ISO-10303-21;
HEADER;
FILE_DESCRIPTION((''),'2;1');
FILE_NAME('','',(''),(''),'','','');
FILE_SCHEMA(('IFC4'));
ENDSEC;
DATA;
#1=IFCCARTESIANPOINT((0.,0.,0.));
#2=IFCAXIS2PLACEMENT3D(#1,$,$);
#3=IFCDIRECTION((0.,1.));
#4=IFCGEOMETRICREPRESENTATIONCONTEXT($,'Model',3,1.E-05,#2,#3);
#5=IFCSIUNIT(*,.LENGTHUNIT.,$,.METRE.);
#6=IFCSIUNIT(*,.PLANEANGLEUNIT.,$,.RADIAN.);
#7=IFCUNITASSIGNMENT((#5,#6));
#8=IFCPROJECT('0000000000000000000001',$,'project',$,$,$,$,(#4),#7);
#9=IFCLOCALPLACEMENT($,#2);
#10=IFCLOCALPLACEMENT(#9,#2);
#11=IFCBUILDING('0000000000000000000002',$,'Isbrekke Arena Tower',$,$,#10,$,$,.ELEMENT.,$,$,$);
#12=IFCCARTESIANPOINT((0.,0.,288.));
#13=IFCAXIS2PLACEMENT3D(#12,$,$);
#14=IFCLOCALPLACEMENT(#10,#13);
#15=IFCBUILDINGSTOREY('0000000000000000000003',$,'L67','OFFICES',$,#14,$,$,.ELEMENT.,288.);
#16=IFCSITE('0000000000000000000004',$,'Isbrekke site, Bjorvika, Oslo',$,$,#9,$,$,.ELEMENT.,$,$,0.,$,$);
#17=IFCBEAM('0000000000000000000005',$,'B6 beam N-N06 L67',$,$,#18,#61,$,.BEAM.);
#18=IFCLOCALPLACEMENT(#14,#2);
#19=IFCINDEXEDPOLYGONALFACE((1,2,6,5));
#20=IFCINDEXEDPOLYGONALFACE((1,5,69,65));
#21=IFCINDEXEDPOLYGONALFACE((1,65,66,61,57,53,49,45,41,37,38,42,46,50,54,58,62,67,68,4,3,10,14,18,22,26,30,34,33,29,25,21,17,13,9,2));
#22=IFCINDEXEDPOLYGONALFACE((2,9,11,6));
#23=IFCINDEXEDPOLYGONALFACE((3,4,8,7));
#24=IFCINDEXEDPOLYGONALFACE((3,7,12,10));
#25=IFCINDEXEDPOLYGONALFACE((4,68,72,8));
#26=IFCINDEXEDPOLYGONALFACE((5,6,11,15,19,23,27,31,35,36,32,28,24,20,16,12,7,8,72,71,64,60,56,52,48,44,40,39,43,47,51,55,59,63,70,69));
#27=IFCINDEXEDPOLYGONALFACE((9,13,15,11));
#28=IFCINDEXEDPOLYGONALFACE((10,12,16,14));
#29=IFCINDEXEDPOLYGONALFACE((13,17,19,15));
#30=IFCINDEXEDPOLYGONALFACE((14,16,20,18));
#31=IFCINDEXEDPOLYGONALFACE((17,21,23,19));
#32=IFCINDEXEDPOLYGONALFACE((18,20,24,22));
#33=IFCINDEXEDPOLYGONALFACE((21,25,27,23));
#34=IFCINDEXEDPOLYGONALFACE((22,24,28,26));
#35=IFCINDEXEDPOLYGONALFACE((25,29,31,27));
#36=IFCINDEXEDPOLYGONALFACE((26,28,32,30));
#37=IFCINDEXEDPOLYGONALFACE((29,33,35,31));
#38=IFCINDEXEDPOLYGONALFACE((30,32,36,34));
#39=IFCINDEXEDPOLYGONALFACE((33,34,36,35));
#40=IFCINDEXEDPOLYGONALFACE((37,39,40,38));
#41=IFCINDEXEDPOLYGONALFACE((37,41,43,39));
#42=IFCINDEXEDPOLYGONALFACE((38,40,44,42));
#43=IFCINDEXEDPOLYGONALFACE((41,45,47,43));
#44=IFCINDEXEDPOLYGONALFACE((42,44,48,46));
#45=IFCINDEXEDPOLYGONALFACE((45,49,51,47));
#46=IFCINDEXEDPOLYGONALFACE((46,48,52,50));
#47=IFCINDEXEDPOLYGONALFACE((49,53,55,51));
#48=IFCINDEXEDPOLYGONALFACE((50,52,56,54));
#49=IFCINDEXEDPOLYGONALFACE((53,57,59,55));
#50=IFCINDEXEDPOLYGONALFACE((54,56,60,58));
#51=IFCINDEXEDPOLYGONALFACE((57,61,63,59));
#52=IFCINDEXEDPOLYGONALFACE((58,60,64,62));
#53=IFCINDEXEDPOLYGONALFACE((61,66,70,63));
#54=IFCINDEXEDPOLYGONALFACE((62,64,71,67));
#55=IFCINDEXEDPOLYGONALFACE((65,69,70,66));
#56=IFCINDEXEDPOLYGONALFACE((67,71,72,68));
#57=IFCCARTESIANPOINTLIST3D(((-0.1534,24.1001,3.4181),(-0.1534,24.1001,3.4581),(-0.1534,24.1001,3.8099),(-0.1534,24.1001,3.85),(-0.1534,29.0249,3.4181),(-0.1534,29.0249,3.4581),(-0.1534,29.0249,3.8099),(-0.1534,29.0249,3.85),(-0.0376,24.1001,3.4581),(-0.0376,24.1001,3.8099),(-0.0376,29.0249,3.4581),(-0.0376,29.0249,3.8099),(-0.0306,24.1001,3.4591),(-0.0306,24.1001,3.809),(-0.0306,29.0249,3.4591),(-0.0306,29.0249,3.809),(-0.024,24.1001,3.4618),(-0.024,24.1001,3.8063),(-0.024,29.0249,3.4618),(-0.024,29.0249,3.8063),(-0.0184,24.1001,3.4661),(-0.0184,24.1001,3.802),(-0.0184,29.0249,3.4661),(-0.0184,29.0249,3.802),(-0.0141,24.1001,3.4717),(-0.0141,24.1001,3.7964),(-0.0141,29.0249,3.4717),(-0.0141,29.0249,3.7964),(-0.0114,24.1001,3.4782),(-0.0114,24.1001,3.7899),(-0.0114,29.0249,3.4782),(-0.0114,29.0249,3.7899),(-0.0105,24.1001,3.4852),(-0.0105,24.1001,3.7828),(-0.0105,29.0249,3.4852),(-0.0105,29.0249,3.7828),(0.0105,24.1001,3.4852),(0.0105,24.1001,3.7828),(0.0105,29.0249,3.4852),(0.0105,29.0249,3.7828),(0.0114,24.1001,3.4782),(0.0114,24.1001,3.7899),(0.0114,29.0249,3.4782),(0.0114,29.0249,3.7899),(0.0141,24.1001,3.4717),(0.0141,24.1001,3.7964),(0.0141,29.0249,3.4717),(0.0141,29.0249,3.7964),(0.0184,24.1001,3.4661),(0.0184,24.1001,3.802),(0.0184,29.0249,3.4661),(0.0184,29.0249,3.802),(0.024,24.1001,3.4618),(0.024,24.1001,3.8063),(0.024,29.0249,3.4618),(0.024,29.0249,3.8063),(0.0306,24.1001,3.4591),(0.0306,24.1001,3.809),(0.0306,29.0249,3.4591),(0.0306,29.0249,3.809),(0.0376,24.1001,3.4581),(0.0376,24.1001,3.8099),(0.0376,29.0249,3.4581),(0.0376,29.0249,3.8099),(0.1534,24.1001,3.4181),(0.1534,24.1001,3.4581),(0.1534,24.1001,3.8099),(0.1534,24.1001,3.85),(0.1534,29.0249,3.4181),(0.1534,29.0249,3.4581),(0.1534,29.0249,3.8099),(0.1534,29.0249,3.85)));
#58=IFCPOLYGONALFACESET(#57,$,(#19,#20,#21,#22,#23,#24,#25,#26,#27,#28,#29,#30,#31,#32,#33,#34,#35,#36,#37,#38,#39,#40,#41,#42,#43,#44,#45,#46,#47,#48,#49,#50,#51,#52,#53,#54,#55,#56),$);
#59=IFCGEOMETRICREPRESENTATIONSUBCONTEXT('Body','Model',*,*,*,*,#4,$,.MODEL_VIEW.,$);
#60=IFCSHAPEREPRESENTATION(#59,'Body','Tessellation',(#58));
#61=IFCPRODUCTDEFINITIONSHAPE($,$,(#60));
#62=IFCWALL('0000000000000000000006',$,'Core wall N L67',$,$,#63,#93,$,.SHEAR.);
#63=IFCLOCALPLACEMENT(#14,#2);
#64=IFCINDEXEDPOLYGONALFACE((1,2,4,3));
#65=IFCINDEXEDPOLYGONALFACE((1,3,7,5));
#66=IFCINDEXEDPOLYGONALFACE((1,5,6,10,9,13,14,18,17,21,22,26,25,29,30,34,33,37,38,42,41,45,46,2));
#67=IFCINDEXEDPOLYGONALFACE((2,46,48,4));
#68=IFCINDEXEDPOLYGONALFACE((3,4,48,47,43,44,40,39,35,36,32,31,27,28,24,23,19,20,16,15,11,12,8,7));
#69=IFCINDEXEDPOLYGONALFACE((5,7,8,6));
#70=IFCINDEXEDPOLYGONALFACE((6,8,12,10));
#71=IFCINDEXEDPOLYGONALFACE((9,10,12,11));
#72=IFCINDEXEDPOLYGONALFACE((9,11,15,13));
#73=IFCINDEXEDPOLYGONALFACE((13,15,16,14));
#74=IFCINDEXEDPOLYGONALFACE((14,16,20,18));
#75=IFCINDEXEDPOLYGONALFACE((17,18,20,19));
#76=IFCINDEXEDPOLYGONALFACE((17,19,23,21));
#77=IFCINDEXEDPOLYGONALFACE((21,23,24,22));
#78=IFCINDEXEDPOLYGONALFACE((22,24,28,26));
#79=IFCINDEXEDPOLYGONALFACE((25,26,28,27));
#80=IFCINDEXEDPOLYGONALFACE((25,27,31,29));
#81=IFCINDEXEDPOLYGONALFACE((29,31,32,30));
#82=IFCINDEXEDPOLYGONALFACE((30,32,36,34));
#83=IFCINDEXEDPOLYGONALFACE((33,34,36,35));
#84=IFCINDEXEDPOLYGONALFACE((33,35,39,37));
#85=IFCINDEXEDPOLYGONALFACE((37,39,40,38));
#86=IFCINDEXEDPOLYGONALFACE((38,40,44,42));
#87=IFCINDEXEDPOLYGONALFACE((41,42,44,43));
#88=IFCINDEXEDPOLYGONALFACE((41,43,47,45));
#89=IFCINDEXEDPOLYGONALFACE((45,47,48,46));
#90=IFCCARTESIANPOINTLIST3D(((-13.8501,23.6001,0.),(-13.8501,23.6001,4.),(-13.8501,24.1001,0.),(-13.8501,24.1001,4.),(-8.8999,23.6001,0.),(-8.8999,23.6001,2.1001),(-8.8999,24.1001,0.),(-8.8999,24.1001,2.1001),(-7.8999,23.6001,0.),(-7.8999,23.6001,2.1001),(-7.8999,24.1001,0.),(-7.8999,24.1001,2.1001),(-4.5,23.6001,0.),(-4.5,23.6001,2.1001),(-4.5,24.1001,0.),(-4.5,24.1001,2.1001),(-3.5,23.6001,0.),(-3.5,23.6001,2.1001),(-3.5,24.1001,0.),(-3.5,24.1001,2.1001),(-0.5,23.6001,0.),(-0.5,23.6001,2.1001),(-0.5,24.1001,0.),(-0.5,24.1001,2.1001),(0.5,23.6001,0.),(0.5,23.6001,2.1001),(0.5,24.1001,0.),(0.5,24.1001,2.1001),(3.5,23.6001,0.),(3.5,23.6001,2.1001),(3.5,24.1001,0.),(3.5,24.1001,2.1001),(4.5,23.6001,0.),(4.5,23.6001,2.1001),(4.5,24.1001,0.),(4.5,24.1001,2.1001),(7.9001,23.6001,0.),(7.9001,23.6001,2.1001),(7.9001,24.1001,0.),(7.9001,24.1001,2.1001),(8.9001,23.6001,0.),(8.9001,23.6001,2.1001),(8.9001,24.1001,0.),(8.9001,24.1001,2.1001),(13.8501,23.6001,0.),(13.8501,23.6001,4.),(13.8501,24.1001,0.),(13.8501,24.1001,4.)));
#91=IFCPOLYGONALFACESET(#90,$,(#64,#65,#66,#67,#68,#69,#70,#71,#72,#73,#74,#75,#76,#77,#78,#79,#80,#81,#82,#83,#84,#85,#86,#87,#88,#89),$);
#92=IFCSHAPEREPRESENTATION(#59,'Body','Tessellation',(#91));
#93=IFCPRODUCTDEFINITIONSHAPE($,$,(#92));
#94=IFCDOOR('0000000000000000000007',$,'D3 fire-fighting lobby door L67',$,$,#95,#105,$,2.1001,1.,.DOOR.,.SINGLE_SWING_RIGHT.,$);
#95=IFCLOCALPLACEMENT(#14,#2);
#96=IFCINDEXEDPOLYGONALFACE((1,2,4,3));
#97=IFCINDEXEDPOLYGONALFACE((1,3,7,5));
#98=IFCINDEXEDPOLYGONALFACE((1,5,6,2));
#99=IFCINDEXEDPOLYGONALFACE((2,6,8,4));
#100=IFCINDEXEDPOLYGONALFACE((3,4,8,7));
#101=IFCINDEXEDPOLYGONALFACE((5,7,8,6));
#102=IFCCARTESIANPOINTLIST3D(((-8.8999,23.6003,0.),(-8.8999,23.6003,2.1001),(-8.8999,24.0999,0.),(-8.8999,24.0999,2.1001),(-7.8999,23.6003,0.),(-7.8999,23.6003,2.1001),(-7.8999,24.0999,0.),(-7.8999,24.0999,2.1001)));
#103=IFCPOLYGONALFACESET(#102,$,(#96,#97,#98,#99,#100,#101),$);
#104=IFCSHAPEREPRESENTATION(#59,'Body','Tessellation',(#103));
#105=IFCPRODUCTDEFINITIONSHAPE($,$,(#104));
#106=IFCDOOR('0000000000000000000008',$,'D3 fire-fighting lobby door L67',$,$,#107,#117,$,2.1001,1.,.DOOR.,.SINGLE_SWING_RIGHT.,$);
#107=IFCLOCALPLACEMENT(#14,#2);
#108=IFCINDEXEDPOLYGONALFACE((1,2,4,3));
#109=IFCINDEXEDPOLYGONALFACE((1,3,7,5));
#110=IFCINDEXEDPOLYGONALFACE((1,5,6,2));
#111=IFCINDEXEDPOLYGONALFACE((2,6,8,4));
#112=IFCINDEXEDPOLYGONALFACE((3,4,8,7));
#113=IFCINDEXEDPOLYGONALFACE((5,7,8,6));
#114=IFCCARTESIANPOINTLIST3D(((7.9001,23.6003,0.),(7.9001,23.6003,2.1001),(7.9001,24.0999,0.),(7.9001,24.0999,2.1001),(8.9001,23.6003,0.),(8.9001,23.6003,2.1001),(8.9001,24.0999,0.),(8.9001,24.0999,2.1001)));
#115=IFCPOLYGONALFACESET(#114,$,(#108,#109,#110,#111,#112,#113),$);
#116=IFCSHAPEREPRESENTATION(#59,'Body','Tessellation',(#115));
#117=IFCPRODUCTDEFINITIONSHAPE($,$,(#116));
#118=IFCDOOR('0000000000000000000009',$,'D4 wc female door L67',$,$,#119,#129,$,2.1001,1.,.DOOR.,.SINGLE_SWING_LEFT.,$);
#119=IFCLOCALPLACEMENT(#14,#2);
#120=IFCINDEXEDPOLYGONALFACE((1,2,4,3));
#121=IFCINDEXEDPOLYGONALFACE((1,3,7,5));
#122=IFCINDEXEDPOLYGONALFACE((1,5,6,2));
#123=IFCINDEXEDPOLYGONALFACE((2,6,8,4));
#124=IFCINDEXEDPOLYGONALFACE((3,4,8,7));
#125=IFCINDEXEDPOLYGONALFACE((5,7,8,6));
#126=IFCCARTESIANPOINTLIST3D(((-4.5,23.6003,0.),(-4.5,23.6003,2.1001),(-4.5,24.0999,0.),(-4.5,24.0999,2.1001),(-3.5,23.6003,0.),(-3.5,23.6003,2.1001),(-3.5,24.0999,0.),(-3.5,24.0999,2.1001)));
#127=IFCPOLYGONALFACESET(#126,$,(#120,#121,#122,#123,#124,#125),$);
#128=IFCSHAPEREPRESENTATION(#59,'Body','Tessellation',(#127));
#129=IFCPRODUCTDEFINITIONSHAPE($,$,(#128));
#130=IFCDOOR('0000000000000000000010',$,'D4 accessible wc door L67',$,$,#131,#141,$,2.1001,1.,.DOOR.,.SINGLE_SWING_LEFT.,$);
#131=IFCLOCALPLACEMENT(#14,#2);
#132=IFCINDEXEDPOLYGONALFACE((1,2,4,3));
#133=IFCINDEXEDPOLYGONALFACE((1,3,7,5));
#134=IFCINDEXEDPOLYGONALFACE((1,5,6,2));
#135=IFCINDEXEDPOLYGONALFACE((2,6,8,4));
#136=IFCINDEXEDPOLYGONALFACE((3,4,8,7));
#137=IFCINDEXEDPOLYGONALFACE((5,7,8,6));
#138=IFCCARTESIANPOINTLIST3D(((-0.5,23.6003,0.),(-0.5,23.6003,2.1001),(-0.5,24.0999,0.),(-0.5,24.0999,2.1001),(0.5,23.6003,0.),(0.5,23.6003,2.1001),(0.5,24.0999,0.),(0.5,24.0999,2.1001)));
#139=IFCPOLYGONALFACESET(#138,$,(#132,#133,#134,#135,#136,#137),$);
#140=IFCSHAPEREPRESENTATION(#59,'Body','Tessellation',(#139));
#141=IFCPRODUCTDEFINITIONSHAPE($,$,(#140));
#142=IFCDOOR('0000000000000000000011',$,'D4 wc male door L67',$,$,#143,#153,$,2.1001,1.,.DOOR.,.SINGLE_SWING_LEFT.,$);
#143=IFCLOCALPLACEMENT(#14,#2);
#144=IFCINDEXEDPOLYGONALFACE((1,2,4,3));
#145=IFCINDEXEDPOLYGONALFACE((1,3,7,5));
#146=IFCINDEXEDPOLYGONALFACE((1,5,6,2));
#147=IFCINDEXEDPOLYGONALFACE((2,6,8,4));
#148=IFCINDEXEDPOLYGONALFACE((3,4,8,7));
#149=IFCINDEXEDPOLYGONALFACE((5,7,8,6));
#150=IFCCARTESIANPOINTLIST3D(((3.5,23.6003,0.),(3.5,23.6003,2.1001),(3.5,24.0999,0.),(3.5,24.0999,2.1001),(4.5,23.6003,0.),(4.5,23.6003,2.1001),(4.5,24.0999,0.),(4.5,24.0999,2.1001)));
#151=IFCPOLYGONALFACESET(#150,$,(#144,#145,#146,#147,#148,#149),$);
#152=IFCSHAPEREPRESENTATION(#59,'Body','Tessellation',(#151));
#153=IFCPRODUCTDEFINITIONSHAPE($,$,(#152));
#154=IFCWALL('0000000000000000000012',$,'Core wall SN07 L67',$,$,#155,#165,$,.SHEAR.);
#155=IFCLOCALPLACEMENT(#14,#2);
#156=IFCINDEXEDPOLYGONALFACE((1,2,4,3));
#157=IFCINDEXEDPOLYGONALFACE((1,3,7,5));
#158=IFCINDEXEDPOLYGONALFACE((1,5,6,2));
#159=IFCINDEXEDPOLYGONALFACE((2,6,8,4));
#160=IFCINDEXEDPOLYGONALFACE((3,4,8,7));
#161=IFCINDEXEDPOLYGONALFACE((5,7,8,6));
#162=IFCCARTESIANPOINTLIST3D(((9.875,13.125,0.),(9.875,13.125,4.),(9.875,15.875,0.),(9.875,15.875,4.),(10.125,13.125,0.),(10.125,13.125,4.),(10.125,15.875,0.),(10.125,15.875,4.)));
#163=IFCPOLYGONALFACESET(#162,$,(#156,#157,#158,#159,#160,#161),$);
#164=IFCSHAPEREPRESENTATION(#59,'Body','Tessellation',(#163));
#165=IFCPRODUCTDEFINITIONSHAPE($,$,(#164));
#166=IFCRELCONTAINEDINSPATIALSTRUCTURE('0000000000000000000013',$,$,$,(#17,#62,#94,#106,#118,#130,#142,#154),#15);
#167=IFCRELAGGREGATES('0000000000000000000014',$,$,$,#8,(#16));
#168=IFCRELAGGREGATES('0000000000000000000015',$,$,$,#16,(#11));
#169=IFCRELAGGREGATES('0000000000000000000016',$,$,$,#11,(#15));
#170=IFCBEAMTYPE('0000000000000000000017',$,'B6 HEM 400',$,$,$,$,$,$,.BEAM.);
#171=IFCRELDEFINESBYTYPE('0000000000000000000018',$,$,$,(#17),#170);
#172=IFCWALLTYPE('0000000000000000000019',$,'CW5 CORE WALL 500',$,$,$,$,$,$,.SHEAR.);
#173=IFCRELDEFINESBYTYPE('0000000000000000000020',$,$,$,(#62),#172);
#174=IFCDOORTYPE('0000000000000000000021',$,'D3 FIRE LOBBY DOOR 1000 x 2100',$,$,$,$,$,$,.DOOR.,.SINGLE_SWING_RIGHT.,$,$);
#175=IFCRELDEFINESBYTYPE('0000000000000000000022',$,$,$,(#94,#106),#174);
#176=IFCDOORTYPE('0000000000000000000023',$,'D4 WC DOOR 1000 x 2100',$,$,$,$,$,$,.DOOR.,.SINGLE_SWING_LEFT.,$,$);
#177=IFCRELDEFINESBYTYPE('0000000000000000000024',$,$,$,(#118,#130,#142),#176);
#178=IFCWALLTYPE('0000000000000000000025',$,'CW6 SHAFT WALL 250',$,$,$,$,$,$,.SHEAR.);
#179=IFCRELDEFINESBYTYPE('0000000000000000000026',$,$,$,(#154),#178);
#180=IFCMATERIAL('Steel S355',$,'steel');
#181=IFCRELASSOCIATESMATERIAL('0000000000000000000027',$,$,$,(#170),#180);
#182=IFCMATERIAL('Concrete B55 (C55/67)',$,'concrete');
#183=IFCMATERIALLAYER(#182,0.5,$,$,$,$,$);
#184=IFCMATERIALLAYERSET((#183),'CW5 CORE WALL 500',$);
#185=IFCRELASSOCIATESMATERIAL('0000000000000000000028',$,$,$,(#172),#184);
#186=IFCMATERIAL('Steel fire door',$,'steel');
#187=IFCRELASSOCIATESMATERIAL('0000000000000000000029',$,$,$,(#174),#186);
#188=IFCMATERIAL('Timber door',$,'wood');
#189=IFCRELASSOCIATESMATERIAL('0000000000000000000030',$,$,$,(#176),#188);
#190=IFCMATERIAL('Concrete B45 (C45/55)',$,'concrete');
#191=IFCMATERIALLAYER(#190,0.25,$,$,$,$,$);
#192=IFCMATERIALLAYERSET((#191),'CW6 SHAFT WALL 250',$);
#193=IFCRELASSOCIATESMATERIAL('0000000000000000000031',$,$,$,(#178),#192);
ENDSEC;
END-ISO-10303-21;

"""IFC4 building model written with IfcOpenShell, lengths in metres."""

from ifc_helpers import new_model, si_unit, direction, frame, frame_2d, origin, origin_2d, place, context, subcontext, project, spatial, rectangle, i_section, extrude, material, layer, layer_set, material_profile, profile_set, type_object, element, fill, save


model = new_model("IFC4")

# Units and contexts
model_context = context("Model", 3, precision=1e-05, world=origin(), true_north=direction((0.0, 1.0)))
body_context = subcontext(model_context, "Body", "Model", "MODEL_VIEW")
ifc_project = project(units=[si_unit("LENGTHUNIT", "METRE"), si_unit("PLANEANGLEUNIT", "RADIAN")], contexts=[model_context])

# Site, building, storey
site_placement = place(None, origin())
site = spatial("IfcSite", under=ifc_project, at=site_placement, Name="Isbrekke site, Bjorvika, Oslo", CompositionType="ELEMENT", RefElevation=0.0)
building_placement = place(site_placement, origin())
building = spatial("IfcBuilding", under=site, at=building_placement, Name="Isbrekke Arena Tower", CompositionType="ELEMENT")
storey_placement = place(building_placement, frame((0.0, 0.0, 288.0)))
storey = spatial("IfcBuildingStorey", under=building, at=storey_placement, Name="L67", Description="OFFICES", CompositionType="ELEMENT", Elevation=288.0)

# Beam
ifc_material_1 = material(Name="Steel S355", Category="steel")
ifc_material_profile = material_profile(ifc_material_1, i_section(OverallWidth=0.3069, OverallDepth=0.4319, WebThickness=0.021, FlangeThickness=0.04, FilletRadius=0.0271, at=origin_2d()), Name="HEM 400")
ifc_profile_set = profile_set([ifc_material_profile], Name="Steel S355")
beam_type = type_object("IfcBeamType", Name="B6 HEM 400", PredefinedType="BEAM", material=ifc_profile_set)
beam_1_placement = place(storey_placement, frame((0.0, 29.0249, 3.634), z_axis=(0.0, -1.0, 0.0), x_axis=(1.0, 0.0, 0.0)))
element("IfcBeam", 1, at=beam_1_placement, inside=storey, type_object=beam_type, Name="B6 beam N-N06 L67", PredefinedType="BEAM", context=body_context, shape_type="SweptSolid", body=[
    extrude(i_section(OverallWidth=0.3069, OverallDepth=0.4319, WebThickness=0.021, FlangeThickness=0.04, FilletRadius=0.0271, at=origin_2d()), origin(), (0.0, 0.0, 1.0), 4.9248),
])

# Wall, openings, doors
ifc_material_2 = material(Name="Concrete B55 (C55/67)", Category="concrete")
ifc_layer_1 = layer(ifc_material_2, 0.5)
ifc_layer_set_1 = layer_set([ifc_layer_1], Name="CW5 CORE WALL 500")
wall_type_1 = type_object("IfcWallType", Name="CW5 CORE WALL 500", PredefinedType="SHEAR", material=ifc_layer_set_1)
wall_1_placement = place(storey_placement, frame((13.8501, 23.8501, 0.0), z_axis=(0.0, 0.0, 1.0), x_axis=(-1.0, 0.0, 0.0)))
wall_1 = element("IfcWall", 2, at=wall_1_placement, inside=storey, type_object=wall_type_1, Name="Core wall N L67", PredefinedType="SHEAR", context=body_context, shape_type="SweptSolid", body=[
    extrude(rectangle(XDim=27.7002, YDim=0.5, at=frame_2d((13.8501, 0.0))), origin(), (0.0, 0.0, 1.0), 4.0),
])
opening_1_placement = place(wall_1_placement, frame((21.75, 0.0, 0.0)))
opening_1 = element("IfcOpeningElement", 3, at=opening_1_placement, cuts=wall_1, PredefinedType="OPENING", context=body_context, shape_type="SweptSolid", body=[
    extrude(rectangle(XDim=1.0, YDim=2.1001, at=frame_2d((0.5, 1.05))), frame((0.0, 0.2649, 0.0), z_axis=(0.0, -1.0, 0.0), x_axis=(1.0, 0.0, 0.0)), (0.0, 0.0, 1.0), 0.5298),
])
opening_2_placement = place(wall_1_placement, frame((4.95, 0.0, 0.0)))
opening_2 = element("IfcOpeningElement", 4, at=opening_2_placement, cuts=wall_1, PredefinedType="OPENING", context=body_context, shape_type="SweptSolid", body=[
    extrude(rectangle(XDim=1.0, YDim=2.1001, at=frame_2d((0.5, 1.05))), frame((0.0, 0.2649, 0.0), z_axis=(0.0, -1.0, 0.0), x_axis=(1.0, 0.0, 0.0)), (0.0, 0.0, 1.0), 0.5298),
])
opening_3_placement = place(wall_1_placement, frame((17.3501, 0.0, 0.0)))
opening_3 = element("IfcOpeningElement", 5, at=opening_3_placement, cuts=wall_1, PredefinedType="OPENING", context=body_context, shape_type="SweptSolid", body=[
    extrude(rectangle(XDim=1.0, YDim=2.1001, at=frame_2d((0.5, 1.05))), frame((0.0, 0.2649, 0.0), z_axis=(0.0, -1.0, 0.0), x_axis=(1.0, 0.0, 0.0)), (0.0, 0.0, 1.0), 0.5298),
])
opening_4_placement = place(wall_1_placement, frame((13.3501, 0.0, 0.0)))
opening_4 = element("IfcOpeningElement", 6, at=opening_4_placement, cuts=wall_1, PredefinedType="OPENING", context=body_context, shape_type="SweptSolid", body=[
    extrude(rectangle(XDim=1.0, YDim=2.1001, at=frame_2d((0.5, 1.05))), frame((0.0, 0.2649, 0.0), z_axis=(0.0, -1.0, 0.0), x_axis=(1.0, 0.0, 0.0)), (0.0, 0.0, 1.0), 0.5298),
])
opening_5_placement = place(wall_1_placement, frame((9.3501, 0.0, 0.0)))
opening_5 = element("IfcOpeningElement", 7, at=opening_5_placement, cuts=wall_1, PredefinedType="OPENING", context=body_context, shape_type="SweptSolid", body=[
    extrude(rectangle(XDim=1.0, YDim=2.1001, at=frame_2d((0.5, 1.05))), frame((0.0, 0.2649, 0.0), z_axis=(0.0, -1.0, 0.0), x_axis=(1.0, 0.0, 0.0)), (0.0, 0.0, 1.0), 0.5298),
])
ifc_material_3 = material(Name="Steel fire door", Category="steel")
door_type_1 = type_object("IfcDoorType", Name="D3 FIRE LOBBY DOOR 1000 x 2100", OperationType="SINGLE_SWING_RIGHT", PredefinedType="DOOR", material=ifc_material_3)
door_1_placement = place(opening_1_placement, origin())
door_1 = element("IfcDoor", 8, at=door_1_placement, inside=storey, type_object=door_type_1, Name="D3 fire-fighting lobby door L67", OperationType="SINGLE_SWING_RIGHT", OverallHeight=2.1001, OverallWidth=1.0, PredefinedType="DOOR", context=body_context, shape_type="SweptSolid", body=[
    extrude(rectangle(XDim=1.0, YDim=2.1001, at=frame_2d((0.5, 1.05))), frame((0.0, 0.2498, 0.0), z_axis=(0.0, -1.0, 0.0), x_axis=(1.0, 0.0, 0.0)), (0.0, 0.0, 1.0), 0.4995),
])
fill(opening_1, door_1)
door_2_placement = place(opening_2_placement, origin())
door_2 = element("IfcDoor", 9, at=door_2_placement, inside=storey, type_object=door_type_1, Name="D3 fire-fighting lobby door L67", OperationType="SINGLE_SWING_RIGHT", OverallHeight=2.1001, OverallWidth=1.0, PredefinedType="DOOR", context=body_context, shape_type="SweptSolid", body=[
    extrude(rectangle(XDim=1.0, YDim=2.1001, at=frame_2d((0.5, 1.05))), frame((0.0, 0.2498, 0.0), z_axis=(0.0, -1.0, 0.0), x_axis=(1.0, 0.0, 0.0)), (0.0, 0.0, 1.0), 0.4995),
])
fill(opening_2, door_2)
ifc_material_4 = material(Name="Timber door", Category="wood")
door_type_2 = type_object("IfcDoorType", Name="D4 WC DOOR 1000 x 2100", OperationType="SINGLE_SWING_LEFT", PredefinedType="DOOR", material=ifc_material_4)
door_3_placement = place(opening_3_placement, origin())
door_3 = element("IfcDoor", 10, at=door_3_placement, inside=storey, type_object=door_type_2, Name="D4 wc female door L67", OperationType="SINGLE_SWING_LEFT", OverallHeight=2.1001, OverallWidth=1.0, PredefinedType="DOOR", context=body_context, shape_type="SweptSolid", body=[
    extrude(rectangle(XDim=1.0, YDim=2.1001, at=frame_2d((0.5, 1.05))), frame((0.0, 0.2498, 0.0), z_axis=(0.0, -1.0, 0.0), x_axis=(1.0, 0.0, 0.0)), (0.0, 0.0, 1.0), 0.4995),
])
fill(opening_3, door_3)
door_4_placement = place(opening_4_placement, origin())
door_4 = element("IfcDoor", 11, at=door_4_placement, inside=storey, type_object=door_type_2, Name="D4 accessible wc door L67", OperationType="SINGLE_SWING_LEFT", OverallHeight=2.1001, OverallWidth=1.0, PredefinedType="DOOR", context=body_context, shape_type="SweptSolid", body=[
    extrude(rectangle(XDim=1.0, YDim=2.1001, at=frame_2d((0.5, 1.05))), frame((0.0, 0.2498, 0.0), z_axis=(0.0, -1.0, 0.0), x_axis=(1.0, 0.0, 0.0)), (0.0, 0.0, 1.0), 0.4995),
])
fill(opening_4, door_4)
door_5_placement = place(opening_5_placement, origin())
door_5 = element("IfcDoor", 12, at=door_5_placement, inside=storey, type_object=door_type_2, Name="D4 wc male door L67", OperationType="SINGLE_SWING_LEFT", OverallHeight=2.1001, OverallWidth=1.0, PredefinedType="DOOR", context=body_context, shape_type="SweptSolid", body=[
    extrude(rectangle(XDim=1.0, YDim=2.1001, at=frame_2d((0.5, 1.05))), frame((0.0, 0.2498, 0.0), z_axis=(0.0, -1.0, 0.0), x_axis=(1.0, 0.0, 0.0)), (0.0, 0.0, 1.0), 0.4995),
])
fill(opening_5, door_5)

# Wall
ifc_material_5 = material(Name="Concrete B45 (C45/55)", Category="concrete")
ifc_layer_2 = layer(ifc_material_5, 0.25)
ifc_layer_set_2 = layer_set([ifc_layer_2], Name="CW6 SHAFT WALL 250")
wall_type_2 = type_object("IfcWallType", Name="CW6 SHAFT WALL 250", PredefinedType="SHEAR", material=ifc_layer_set_2)
wall_2_placement = place(storey_placement, frame((10.0, 13.125, 0.0), z_axis=(0.0, 0.0, 1.0), x_axis=(0.0, 1.0, 0.0)))
element("IfcWall", 13, at=wall_2_placement, inside=storey, type_object=wall_type_2, Name="Core wall SN07 L67", PredefinedType="SHEAR", context=body_context, shape_type="SweptSolid", body=[
    extrude(rectangle(XDim=2.75, YDim=0.25, at=frame_2d((1.375, 0.0))), origin(), (0.0, 0.0, 1.0), 4.0),
])

save(model, "model.ifc")
